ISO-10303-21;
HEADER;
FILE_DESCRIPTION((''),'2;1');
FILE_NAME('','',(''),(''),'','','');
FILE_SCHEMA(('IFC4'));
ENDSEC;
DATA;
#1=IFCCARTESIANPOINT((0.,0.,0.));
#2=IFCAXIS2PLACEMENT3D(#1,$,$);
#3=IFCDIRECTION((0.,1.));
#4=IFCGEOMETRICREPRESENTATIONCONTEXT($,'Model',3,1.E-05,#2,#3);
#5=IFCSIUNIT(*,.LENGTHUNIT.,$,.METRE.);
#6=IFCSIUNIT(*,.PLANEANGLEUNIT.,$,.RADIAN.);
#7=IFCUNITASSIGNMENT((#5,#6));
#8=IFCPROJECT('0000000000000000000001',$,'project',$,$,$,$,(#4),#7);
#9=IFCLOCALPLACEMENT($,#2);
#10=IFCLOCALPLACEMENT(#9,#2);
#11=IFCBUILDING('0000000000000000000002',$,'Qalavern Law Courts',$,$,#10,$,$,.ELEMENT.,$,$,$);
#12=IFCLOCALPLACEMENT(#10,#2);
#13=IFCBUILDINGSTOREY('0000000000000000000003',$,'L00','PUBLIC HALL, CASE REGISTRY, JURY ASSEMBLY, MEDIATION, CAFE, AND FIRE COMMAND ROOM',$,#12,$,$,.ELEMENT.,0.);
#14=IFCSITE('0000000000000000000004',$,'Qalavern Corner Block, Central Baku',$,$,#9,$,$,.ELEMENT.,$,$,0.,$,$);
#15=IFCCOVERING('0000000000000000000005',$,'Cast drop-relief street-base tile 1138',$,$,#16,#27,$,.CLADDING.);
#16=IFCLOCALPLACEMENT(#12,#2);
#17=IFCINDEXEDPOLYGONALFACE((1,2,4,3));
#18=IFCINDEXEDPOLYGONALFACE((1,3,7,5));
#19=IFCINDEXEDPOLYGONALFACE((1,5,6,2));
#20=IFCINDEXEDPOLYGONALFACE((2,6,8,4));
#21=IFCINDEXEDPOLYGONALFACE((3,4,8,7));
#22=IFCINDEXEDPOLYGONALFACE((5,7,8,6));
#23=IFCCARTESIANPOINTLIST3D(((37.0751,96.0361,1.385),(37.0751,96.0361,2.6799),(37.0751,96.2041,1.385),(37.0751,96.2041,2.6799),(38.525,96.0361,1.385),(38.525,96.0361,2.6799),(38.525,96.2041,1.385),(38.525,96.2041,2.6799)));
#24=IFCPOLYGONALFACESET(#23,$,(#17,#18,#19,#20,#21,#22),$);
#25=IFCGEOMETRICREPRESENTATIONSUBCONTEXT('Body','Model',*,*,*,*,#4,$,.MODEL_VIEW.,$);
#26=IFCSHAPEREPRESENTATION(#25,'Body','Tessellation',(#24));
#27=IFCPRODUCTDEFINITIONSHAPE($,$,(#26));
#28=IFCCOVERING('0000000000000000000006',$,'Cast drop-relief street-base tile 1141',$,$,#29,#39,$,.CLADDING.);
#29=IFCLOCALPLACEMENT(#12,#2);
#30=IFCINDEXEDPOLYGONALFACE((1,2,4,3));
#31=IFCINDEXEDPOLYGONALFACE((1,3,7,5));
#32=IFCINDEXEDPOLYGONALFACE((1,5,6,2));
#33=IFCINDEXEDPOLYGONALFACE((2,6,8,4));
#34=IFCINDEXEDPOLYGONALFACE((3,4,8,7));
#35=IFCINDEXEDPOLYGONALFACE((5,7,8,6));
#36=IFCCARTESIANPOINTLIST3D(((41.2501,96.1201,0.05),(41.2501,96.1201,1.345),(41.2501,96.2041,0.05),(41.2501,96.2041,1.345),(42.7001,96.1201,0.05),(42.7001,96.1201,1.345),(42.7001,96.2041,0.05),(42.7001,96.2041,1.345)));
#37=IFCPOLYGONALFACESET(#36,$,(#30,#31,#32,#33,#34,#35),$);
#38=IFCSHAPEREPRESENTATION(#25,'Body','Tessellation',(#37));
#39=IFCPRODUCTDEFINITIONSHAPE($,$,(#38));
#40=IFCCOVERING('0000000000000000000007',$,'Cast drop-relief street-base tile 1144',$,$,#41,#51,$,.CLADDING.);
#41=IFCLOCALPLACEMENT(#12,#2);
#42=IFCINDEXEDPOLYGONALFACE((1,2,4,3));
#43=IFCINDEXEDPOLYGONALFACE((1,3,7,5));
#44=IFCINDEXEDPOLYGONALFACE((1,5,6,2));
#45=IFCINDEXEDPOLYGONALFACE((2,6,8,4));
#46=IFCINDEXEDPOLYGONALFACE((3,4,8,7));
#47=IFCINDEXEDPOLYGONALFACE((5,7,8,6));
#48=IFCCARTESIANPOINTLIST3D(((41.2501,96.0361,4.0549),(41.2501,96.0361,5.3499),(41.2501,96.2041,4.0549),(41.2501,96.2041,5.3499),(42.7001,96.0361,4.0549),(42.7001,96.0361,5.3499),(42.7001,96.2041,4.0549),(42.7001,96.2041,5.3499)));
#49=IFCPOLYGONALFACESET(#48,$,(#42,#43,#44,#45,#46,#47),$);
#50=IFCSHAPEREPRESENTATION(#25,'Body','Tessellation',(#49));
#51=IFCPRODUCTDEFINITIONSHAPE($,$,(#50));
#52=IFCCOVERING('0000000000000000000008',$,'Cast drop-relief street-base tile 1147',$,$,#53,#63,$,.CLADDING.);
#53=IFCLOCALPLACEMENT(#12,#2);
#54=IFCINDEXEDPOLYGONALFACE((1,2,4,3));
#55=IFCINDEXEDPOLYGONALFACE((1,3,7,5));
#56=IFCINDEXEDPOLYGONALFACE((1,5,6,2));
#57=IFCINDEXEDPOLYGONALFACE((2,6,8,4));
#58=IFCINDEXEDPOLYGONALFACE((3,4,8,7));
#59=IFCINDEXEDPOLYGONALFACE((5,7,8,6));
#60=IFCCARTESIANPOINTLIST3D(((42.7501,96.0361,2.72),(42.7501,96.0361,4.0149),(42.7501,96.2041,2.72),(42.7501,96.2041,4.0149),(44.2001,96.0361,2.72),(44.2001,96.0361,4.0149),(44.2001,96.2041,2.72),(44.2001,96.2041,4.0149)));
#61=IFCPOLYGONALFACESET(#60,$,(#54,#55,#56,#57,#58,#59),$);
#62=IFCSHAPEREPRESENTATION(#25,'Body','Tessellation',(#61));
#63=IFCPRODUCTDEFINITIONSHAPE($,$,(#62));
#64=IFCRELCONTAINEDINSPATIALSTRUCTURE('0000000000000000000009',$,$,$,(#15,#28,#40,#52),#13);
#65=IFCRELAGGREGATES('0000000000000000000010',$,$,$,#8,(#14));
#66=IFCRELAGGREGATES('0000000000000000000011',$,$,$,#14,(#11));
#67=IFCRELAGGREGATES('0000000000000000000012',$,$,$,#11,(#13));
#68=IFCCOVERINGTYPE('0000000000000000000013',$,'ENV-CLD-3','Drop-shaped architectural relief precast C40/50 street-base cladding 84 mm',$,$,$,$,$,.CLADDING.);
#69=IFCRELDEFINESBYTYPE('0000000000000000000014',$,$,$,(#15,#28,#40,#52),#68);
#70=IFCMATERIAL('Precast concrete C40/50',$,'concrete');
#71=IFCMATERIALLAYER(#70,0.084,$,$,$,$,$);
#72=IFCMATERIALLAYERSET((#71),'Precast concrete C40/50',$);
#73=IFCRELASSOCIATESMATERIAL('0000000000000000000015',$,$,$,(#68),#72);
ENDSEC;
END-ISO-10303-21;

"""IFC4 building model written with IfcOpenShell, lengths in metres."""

from ifc_helpers import new_model, si_unit, direction, frame, origin, origin_2d, place, context, subcontext, project, spatial, rectangle, extrude, material, layer, layer_set, type_object, element, save


model = new_model("IFC4")

# Units and contexts
model_context = context("Model", 3, precision=1e-05, world=origin(), true_north=direction((0.0, 1.0)))
body_context = subcontext(model_context, "Body", "Model", "MODEL_VIEW")
ifc_project = project(units=[si_unit("LENGTHUNIT", "METRE"), si_unit("PLANEANGLEUNIT", "RADIAN")], contexts=[model_context])

# Site, building, storey
site_placement = place(None, origin())
site = spatial("IfcSite", under=ifc_project, at=site_placement, Name="Qalavern Corner Block, Central Baku", CompositionType="ELEMENT", RefElevation=0.0)
building_placement = place(site_placement, origin())
building = spatial("IfcBuilding", under=site, at=building_placement, Name="Qalavern Law Courts", CompositionType="ELEMENT")
storey_placement = place(building_placement, origin())
storey = spatial("IfcBuildingStorey", under=building, at=storey_placement, Name="L00", Description="PUBLIC HALL, CASE REGISTRY, JURY ASSEMBLY, MEDIATION, CAFE, AND FIRE COMMAND ROOM", CompositionType="ELEMENT", Elevation=0.0)

# Coverings
ifc_material_1 = material(Name="Precast concrete C40/50", Category="concrete")
ifc_layer_1 = layer(ifc_material_1, 0.084)
ifc_layer_set_1 = layer_set([ifc_layer_1], Name="Precast concrete C40/50")
covering_type_1 = type_object("IfcCoveringType", Name="ENV-CLD-3", Description="Drop-shaped architectural relief precast C40/50 street-base cladding 84 mm", PredefinedType="CLADDING", material=ifc_layer_set_1)
for number, where, z_axis, x_axis, name in (
    (1, (37.8, 96.1201, 1.385), (0.0, 0.0, 1.0), (1.0, 0.0, 0.0), "Cast drop-relief street-base tile 1138"),
):
    element("IfcCovering", number, at=place(storey_placement, frame(where, z_axis=z_axis, x_axis=x_axis)), inside=storey, type_object=covering_type_1, Name=name, PredefinedType="CLADDING", context=body_context, shape_type="SweptSolid", body=[
        extrude(rectangle(XDim=1.45, YDim=0.168, at=origin_2d()), origin(), (0.0, 0.0, 1.0), 1.2949),
    ])
covering_1_placement = place(storey_placement, frame((41.9751, 96.1621, 0.05), z_axis=(0.0, 0.0, 1.0), x_axis=(1.0, 0.0, 0.0)))
element("IfcCovering", 2, at=covering_1_placement, inside=storey, type_object=covering_type_1, Name="Cast drop-relief street-base tile 1141", PredefinedType="CLADDING", context=body_context, shape_type="SweptSolid", body=[
    extrude(rectangle(XDim=1.45, YDim=0.084, at=origin_2d()), origin(), (0.0, 0.0, 1.0), 1.2949),
])
for number, where, z_axis, x_axis, name in (
    (3, (41.9751, 96.1201, 4.0549), (0.0, 0.0, 1.0), (1.0, 0.0, 0.0), "Cast drop-relief street-base tile 1144"),
    (4, (43.4751, 96.1201, 2.72), (0.0, 0.0, 1.0), (1.0, 0.0, 0.0), "Cast drop-relief street-base tile 1147"),
):
    element("IfcCovering", number, at=place(storey_placement, frame(where, z_axis=z_axis, x_axis=x_axis)), inside=storey, type_object=covering_type_1, Name=name, PredefinedType="CLADDING", context=body_context, shape_type="SweptSolid", body=[
        extrude(rectangle(XDim=1.45, YDim=0.168, at=origin_2d()), origin(), (0.0, 0.0, 1.0), 1.2949),
    ])

save(model, "model.ifc")
